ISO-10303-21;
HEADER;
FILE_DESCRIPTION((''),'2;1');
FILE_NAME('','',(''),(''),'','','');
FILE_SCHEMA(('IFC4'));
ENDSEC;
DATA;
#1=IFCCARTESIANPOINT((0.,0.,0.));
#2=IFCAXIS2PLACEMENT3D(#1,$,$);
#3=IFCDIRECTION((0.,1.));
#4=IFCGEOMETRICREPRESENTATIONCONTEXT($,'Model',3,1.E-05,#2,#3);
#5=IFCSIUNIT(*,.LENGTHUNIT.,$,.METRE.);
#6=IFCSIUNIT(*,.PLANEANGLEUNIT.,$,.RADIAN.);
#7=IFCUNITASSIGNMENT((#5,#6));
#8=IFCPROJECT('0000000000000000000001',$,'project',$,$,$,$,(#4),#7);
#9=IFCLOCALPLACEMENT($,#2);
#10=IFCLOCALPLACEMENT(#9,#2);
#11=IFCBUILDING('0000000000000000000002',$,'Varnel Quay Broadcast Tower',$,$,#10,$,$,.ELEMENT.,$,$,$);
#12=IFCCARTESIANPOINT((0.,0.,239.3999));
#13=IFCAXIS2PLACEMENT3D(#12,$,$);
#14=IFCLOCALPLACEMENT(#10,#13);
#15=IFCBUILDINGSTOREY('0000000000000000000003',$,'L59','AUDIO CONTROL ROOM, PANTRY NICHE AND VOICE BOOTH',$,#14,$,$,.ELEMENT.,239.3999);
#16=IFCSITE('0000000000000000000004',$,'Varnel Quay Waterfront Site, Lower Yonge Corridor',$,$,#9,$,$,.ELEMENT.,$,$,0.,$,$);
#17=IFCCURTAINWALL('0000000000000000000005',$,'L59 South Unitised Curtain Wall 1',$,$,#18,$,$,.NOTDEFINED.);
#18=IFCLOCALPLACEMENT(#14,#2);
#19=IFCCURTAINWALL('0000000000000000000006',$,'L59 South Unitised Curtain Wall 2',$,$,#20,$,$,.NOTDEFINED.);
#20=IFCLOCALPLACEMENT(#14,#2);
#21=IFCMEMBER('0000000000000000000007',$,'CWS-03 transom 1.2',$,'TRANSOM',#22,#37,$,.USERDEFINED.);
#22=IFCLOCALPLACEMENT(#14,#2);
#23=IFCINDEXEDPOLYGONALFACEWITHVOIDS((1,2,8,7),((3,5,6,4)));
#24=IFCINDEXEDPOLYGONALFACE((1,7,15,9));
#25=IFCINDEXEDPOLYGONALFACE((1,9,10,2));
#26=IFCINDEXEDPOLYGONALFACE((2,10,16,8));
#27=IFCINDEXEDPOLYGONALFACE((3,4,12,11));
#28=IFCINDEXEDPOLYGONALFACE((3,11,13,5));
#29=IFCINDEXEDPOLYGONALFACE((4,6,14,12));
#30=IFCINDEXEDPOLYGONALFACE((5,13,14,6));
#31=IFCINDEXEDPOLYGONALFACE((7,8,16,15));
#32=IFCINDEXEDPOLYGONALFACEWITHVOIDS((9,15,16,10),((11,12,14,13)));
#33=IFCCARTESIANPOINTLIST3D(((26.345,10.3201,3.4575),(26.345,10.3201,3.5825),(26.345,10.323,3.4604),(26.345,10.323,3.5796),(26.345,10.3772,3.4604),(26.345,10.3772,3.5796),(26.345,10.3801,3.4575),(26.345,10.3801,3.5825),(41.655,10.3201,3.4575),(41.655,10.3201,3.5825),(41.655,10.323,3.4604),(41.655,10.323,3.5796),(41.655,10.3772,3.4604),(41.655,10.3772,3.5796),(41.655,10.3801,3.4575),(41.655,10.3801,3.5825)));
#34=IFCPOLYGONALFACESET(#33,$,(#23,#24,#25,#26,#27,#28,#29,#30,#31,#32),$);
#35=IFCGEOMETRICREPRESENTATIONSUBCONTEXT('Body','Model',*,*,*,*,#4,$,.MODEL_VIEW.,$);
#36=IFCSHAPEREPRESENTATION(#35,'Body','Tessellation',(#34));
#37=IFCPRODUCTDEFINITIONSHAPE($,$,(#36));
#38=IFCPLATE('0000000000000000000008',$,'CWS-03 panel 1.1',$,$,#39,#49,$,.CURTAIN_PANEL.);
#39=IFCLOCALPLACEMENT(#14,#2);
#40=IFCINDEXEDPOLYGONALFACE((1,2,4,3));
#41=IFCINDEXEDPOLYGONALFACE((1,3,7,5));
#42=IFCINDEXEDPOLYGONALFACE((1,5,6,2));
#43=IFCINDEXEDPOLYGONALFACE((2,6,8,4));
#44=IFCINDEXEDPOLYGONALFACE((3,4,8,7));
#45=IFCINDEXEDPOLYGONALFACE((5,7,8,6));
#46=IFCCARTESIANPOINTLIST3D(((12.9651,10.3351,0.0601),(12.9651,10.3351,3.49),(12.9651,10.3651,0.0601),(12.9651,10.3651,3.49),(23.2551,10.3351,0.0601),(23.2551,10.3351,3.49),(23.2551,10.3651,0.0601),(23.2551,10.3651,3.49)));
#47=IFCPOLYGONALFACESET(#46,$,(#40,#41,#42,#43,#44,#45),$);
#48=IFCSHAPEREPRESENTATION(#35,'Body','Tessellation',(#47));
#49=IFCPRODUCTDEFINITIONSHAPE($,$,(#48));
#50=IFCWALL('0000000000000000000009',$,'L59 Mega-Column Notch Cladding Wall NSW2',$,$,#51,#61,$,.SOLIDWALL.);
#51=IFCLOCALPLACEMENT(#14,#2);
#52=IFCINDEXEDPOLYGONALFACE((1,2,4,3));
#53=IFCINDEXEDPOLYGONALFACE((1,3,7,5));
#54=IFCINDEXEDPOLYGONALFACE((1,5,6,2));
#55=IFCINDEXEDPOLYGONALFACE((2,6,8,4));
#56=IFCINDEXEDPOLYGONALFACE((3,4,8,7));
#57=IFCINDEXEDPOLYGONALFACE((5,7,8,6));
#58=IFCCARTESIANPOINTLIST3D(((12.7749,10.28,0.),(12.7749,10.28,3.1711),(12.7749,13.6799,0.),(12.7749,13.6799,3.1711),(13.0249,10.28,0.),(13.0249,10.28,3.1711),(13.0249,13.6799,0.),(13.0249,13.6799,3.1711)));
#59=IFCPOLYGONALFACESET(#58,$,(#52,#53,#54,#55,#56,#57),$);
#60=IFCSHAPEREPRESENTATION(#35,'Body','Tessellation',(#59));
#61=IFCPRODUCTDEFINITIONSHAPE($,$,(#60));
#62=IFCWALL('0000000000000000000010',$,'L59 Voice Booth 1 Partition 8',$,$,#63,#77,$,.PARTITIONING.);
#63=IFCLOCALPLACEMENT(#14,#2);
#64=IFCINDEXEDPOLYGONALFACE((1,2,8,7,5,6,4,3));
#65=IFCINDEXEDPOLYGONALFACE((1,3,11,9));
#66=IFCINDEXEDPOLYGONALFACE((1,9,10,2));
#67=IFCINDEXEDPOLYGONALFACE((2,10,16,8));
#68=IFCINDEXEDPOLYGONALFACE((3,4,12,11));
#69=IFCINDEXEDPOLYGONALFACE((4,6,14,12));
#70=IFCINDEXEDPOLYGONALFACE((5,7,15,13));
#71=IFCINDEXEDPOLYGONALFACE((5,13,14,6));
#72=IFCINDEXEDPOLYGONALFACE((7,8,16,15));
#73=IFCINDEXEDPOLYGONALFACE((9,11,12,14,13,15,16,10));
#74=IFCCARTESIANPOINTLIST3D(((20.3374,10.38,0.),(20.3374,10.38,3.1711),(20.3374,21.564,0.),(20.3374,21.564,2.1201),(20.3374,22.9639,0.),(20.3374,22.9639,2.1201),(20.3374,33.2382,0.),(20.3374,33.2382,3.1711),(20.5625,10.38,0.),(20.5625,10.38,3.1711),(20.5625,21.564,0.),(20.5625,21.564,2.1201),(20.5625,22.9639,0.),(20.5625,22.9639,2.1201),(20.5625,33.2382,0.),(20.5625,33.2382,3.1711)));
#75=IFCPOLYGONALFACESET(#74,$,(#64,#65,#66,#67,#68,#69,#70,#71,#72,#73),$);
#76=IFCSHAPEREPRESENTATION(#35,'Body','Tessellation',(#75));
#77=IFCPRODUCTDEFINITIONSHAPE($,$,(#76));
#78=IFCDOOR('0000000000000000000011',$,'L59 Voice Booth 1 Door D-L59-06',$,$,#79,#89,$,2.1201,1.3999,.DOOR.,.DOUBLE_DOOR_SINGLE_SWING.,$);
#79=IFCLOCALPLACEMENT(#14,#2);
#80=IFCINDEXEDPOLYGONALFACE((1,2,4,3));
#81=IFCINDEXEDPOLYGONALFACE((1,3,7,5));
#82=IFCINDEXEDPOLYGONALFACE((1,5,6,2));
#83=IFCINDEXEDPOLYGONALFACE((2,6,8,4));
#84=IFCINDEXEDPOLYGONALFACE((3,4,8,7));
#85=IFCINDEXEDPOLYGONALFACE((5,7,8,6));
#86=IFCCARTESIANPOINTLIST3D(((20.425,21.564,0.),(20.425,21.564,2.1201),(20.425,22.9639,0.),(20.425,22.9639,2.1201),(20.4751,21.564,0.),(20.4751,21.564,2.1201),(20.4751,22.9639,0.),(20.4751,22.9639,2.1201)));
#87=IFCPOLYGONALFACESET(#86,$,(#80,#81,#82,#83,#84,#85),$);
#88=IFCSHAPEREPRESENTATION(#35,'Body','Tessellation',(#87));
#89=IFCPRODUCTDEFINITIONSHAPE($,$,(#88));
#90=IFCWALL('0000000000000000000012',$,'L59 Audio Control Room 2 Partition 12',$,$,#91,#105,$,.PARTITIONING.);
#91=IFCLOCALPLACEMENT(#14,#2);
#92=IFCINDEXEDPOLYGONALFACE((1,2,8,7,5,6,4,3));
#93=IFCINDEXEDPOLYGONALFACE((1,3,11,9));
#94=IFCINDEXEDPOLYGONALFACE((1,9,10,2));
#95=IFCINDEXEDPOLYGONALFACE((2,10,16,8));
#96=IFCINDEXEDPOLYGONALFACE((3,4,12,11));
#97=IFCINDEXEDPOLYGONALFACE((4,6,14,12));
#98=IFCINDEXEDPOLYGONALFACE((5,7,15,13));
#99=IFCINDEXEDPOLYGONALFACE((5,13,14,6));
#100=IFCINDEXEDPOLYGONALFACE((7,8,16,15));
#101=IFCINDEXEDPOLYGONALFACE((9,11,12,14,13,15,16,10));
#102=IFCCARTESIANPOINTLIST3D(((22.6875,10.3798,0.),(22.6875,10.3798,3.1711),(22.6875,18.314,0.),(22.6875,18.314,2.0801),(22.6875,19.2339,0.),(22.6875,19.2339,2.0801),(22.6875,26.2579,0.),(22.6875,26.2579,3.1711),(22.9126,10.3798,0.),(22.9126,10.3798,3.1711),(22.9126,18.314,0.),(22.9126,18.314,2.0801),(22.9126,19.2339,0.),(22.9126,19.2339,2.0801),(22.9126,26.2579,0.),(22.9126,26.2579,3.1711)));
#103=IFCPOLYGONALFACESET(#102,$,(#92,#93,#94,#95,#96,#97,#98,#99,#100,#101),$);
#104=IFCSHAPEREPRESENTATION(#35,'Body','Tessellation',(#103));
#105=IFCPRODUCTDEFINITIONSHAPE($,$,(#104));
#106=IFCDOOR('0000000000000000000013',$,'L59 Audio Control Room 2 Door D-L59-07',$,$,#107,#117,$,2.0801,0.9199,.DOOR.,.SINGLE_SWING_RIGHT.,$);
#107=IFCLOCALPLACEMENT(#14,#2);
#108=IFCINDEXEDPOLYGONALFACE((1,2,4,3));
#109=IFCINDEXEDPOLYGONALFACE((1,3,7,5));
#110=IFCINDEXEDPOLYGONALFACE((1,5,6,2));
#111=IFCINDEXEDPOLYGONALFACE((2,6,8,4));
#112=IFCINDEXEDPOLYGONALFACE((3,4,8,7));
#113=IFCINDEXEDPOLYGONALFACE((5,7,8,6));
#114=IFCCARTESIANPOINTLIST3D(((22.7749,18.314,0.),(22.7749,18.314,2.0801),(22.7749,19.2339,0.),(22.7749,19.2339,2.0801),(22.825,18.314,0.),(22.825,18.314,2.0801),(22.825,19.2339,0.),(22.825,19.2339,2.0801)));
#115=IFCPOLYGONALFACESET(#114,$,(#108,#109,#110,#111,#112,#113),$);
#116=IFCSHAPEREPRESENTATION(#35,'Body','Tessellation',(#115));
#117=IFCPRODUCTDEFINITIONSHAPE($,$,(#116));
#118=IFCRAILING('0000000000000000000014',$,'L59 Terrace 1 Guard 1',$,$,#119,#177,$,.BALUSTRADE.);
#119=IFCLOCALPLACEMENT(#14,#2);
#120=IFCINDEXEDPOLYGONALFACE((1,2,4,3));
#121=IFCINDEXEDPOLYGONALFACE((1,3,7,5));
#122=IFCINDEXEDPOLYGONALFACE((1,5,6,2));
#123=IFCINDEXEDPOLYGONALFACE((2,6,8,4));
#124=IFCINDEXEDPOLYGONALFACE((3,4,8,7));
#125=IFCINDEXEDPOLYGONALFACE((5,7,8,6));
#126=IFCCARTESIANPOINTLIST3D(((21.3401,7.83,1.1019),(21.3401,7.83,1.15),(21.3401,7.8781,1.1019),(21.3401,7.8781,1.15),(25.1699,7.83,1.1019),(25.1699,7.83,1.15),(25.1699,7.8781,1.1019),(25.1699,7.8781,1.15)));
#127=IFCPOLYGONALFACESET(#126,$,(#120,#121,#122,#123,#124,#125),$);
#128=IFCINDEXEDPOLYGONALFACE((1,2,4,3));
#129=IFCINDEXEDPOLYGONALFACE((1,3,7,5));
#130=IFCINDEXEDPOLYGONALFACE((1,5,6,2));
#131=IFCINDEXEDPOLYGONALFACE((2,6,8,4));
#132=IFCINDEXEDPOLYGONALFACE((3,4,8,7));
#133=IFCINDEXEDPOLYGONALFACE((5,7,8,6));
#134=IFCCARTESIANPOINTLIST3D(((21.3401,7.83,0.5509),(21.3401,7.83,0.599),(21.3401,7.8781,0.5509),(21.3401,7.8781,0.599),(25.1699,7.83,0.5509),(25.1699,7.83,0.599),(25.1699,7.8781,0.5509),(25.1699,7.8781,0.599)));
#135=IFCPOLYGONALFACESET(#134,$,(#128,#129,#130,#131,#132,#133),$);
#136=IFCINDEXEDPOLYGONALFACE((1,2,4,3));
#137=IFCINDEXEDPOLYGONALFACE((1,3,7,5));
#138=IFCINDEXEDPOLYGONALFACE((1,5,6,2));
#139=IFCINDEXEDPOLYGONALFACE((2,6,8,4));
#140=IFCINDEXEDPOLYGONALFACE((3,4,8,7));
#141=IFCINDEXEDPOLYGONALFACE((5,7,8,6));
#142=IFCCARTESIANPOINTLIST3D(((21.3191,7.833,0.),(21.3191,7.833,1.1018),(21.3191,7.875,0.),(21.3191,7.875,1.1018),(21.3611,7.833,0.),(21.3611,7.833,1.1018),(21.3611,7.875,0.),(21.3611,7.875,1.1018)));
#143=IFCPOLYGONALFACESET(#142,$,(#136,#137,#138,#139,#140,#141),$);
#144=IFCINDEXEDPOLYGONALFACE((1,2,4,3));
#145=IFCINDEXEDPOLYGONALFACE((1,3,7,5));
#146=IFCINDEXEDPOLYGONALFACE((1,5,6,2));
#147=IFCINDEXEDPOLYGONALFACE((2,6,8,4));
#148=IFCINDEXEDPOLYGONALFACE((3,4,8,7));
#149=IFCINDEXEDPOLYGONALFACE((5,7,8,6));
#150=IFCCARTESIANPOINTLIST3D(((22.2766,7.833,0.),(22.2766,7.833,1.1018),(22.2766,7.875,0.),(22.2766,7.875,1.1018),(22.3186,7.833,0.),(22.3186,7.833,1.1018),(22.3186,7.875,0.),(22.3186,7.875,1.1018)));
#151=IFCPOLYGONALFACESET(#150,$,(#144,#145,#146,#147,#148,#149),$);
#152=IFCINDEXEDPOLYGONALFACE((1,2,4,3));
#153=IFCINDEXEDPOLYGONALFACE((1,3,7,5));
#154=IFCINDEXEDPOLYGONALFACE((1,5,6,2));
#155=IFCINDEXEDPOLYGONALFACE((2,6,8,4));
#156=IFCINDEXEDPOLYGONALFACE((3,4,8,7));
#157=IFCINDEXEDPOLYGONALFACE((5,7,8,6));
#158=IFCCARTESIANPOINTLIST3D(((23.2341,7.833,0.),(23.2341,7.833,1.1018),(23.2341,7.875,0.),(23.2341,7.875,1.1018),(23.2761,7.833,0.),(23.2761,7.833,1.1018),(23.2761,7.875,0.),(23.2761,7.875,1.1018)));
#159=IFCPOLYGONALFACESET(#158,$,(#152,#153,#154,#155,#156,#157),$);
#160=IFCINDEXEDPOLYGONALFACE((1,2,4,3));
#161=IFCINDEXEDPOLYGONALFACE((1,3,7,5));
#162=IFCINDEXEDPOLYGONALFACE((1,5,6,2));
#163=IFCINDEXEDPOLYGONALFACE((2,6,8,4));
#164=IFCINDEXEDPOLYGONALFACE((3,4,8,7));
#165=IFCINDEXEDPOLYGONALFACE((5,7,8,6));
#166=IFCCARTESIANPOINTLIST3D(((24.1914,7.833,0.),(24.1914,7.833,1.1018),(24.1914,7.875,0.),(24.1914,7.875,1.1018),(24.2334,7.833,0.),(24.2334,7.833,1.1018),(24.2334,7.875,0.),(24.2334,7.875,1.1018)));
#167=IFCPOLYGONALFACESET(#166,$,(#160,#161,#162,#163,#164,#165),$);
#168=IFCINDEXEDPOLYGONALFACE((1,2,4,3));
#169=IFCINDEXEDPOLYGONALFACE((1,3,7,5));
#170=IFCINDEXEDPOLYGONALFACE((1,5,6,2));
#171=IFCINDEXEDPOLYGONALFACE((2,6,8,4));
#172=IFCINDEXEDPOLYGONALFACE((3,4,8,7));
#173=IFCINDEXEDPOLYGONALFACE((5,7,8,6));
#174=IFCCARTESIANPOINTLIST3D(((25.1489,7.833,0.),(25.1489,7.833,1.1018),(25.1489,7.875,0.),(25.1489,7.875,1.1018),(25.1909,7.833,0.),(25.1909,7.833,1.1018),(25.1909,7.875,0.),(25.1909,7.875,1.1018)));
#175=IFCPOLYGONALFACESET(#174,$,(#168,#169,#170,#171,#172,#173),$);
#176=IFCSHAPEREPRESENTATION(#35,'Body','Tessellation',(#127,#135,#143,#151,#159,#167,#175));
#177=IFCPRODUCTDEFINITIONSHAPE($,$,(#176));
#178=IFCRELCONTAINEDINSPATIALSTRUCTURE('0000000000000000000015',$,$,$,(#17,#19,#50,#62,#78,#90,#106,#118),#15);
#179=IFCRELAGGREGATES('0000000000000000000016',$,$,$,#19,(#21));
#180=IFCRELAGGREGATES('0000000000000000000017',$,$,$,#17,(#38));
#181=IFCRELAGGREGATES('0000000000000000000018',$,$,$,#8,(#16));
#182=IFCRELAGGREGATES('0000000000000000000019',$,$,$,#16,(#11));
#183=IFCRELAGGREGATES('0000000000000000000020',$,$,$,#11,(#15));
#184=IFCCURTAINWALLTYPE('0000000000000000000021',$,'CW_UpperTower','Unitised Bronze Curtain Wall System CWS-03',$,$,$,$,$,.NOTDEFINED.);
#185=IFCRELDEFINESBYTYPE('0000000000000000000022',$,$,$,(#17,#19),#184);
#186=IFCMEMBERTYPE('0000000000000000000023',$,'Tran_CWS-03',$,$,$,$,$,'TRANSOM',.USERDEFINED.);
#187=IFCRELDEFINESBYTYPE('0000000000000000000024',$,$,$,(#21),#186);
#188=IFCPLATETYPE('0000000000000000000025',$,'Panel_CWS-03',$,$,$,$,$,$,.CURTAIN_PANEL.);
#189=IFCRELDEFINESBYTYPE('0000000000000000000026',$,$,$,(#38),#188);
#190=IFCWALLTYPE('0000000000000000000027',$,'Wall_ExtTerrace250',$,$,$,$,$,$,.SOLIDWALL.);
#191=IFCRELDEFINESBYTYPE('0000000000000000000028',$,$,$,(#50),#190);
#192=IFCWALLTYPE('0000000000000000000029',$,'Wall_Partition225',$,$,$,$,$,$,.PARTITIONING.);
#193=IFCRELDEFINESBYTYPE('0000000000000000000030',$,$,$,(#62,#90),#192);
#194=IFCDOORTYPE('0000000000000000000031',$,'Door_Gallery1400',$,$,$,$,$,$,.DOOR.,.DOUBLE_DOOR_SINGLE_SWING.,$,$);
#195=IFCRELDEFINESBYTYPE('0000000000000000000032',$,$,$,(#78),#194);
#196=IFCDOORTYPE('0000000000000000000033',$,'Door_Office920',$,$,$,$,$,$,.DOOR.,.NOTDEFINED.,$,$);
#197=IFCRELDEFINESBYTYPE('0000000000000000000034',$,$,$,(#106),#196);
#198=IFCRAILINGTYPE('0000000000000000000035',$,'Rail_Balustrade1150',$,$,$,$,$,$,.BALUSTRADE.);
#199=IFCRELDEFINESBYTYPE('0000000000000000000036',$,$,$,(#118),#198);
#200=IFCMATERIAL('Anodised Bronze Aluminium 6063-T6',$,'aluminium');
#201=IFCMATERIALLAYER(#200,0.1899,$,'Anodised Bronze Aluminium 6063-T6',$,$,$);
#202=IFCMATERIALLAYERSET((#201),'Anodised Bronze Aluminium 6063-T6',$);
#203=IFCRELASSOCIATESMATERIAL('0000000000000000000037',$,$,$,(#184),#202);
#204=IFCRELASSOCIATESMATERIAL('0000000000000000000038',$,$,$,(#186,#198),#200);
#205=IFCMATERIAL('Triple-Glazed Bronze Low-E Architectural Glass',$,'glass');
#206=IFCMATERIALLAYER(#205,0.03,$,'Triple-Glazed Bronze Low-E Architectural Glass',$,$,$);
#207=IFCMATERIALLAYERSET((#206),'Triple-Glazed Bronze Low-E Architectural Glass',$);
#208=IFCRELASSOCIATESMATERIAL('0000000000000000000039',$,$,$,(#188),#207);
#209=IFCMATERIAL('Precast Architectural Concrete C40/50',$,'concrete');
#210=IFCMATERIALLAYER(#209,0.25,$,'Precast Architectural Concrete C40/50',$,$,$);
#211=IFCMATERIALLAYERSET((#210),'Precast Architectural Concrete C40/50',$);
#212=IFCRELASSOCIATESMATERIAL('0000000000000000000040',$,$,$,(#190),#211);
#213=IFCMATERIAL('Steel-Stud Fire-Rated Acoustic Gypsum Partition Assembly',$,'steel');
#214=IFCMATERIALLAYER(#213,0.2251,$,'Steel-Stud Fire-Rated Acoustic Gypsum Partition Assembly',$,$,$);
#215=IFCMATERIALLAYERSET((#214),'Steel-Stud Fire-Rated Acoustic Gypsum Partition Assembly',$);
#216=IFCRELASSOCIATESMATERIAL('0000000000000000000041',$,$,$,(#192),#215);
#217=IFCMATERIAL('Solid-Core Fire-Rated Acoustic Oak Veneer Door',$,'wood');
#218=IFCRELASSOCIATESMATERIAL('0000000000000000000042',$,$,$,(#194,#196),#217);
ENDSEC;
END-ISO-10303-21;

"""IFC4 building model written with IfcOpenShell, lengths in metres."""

from ifc_helpers import new_model, si_unit, direction, frame, frame_2d, origin, origin_2d, place, context, subcontext, project, spatial, rectangle, hollow_rectangle, extrude, source, transform, mapped, material, layer, layer_set, material_profile, profile_set, type_object, type_shapes, element, fill, aggregate, save


model = new_model("IFC4")

# Units and contexts
model_context = context("Model", 3, precision=1e-05, world=origin(), true_north=direction((0.0, 1.0)))
body_context = subcontext(model_context, "Body", "Model", "MODEL_VIEW")
ifc_project = project(units=[si_unit("LENGTHUNIT", "METRE"), si_unit("PLANEANGLEUNIT", "RADIAN")], contexts=[model_context])

# Site, building, storey
site_placement = place(None, origin())
site = spatial("IfcSite", under=ifc_project, at=site_placement, Name="Varnel Quay Waterfront Site, Lower Yonge Corridor", CompositionType="ELEMENT", RefElevation=0.0)
building_placement = place(site_placement, origin())
building = spatial("IfcBuilding", under=site, at=building_placement, Name="Varnel Quay Broadcast Tower", CompositionType="ELEMENT")
storey_placement = place(building_placement, frame((0.0, 0.0, 239.3999)))
storey = spatial("IfcBuildingStorey", under=building, at=storey_placement, Name="L59", Description="AUDIO CONTROL ROOM, PANTRY NICHE AND VOICE BOOTH", CompositionType="ELEMENT", Elevation=239.3999)

# Shared definitions
ifc_material_1 = material(Name="Anodised Bronze Aluminium 6063-T6", Category="aluminium")

# Curtain wall
ifc_layer_1 = layer(ifc_material_1, 0.1899, Name="Anodised Bronze Aluminium 6063-T6")
ifc_layer_set_1 = layer_set([ifc_layer_1], Name="Anodised Bronze Aluminium 6063-T6")
curtain_wall_type_1 = type_object("IfcCurtainWallType", Name="CW_UpperTower", Description="Unitised Bronze Curtain Wall System CWS-03", PredefinedType="NOTDEFINED", material=ifc_layer_set_1)
curtain_wall_1_placement = place(storey_placement, origin())
curtain_wall_1 = element("IfcCurtainWall", 1, at=curtain_wall_1_placement, inside=storey, type_object=curtain_wall_type_1, Name="L59 South Unitised Curtain Wall 1", PredefinedType="NOTDEFINED")

# Curtain wall
curtain_wall_2_placement = place(storey_placement, origin())
curtain_wall_2 = element("IfcCurtainWall", 2, at=curtain_wall_2_placement, inside=storey, type_object=curtain_wall_type_1, Name="L59 South Unitised Curtain Wall 2", PredefinedType="NOTDEFINED")

# Member
ifc_material_profile_1 = material_profile(ifc_material_1, hollow_rectangle(XDim=0.0601, YDim=0.125, WallThickness=0.0029, at=origin_2d()), Name="ALU60X125X3")
ifc_profile_set_1 = profile_set([ifc_material_profile_1], Name="Anodised Bronze Aluminium 6063-T6")
member_type_1 = type_object("IfcMemberType", Name="Tran_CWS-03", ElementType="TRANSOM", PredefinedType="USERDEFINED", material=ifc_profile_set_1)
shared_shape_1 = source(origin(), body_context, "Body", "SweptSolid", [
    extrude(hollow_rectangle(XDim=0.0601, YDim=0.125, WallThickness=0.0029, at=origin_2d()), origin(), (0.0, 0.0, 1.0), 15.3101),
])
member_1_placement = place(storey_placement, frame((26.345, 10.3501, 3.52), z_axis=(1.0, 0.0, 0.0), x_axis=(0.0, 1.0, 0.0)))
member_1 = element("IfcMember", 3, at=member_1_placement, type_object=member_type_1, Name="CWS-03 transom 1.2", ObjectType="TRANSOM", PredefinedType="USERDEFINED", context=body_context, shape_type="MappedRepresentation", body=[
    mapped(shared_shape_1, transform((0.0, 0.0, 0.0), x_axis=(1.0, 0.0, 0.0), y_axis=(0.0, 1.0, 0.0), z_axis=(0.0, 0.0, 1.0), scale=1.0)),
])
aggregate(curtain_wall_2, [member_1])

# Plate
ifc_material_2 = material(Name="Triple-Glazed Bronze Low-E Architectural Glass", Category="glass")
ifc_layer_2 = layer(ifc_material_2, 0.03, Name="Triple-Glazed Bronze Low-E Architectural Glass")
ifc_layer_set_2 = layer_set([ifc_layer_2], Name="Triple-Glazed Bronze Low-E Architectural Glass")
plate_type = type_object("IfcPlateType", Name="Panel_CWS-03", PredefinedType="CURTAIN_PANEL", material=ifc_layer_set_2)
shared_shape_2 = source(origin(), body_context, "Body", "SweptSolid", [
    extrude(rectangle(XDim=10.29, YDim=0.03, at=origin_2d()), origin(), (0.0, 0.0, 1.0), 3.4299),
])
type_shapes(plate_type, [shared_shape_2])
plate_placement = place(storey_placement, frame((18.1101, 10.3501, 0.0601), z_axis=(0.0, 0.0, 1.0), x_axis=(1.0, 0.0, 0.0)))
plate = element("IfcPlate", 4, at=plate_placement, type_object=plate_type, Name="CWS-03 panel 1.1", PredefinedType="CURTAIN_PANEL", context=body_context, shape_type="MappedRepresentation", body=[
    mapped(shared_shape_2, transform((0.0, 0.0, 0.0), x_axis=(1.0, 0.0, 0.0), y_axis=(0.0, 1.0, 0.0), z_axis=(0.0, 0.0, 1.0), scale=1.0)),
])
aggregate(curtain_wall_1, [plate])

# Shared definitions
ifc_material_3 = material(Name="Precast Architectural Concrete C40/50", Category="concrete")
ifc_layer_3 = layer(ifc_material_3, 0.25, Name="Precast Architectural Concrete C40/50")
ifc_layer_set_3 = layer_set([ifc_layer_3], Name="Precast Architectural Concrete C40/50")
wall_type_1 = type_object("IfcWallType", Name="Wall_ExtTerrace250", PredefinedType="SOLIDWALL", material=ifc_layer_set_3)

# Wall
wall_1_placement = place(storey_placement, frame((12.8999, 10.28, 0.0), z_axis=(0.0, 0.0, 1.0), x_axis=(0.0, 1.0, 0.0)))
element("IfcWall", 5, at=wall_1_placement, inside=storey, type_object=wall_type_1, Name="L59 Mega-Column Notch Cladding Wall NSW2", PredefinedType="SOLIDWALL", context=body_context, shape_type="SweptSolid", body=[
    extrude(rectangle(XDim=3.3999, YDim=0.25, at=frame_2d((1.7, 0.0))), origin(), (0.0, 0.0, 1.0), 3.1711),
])

# Walls, openings, doors
ifc_material_4 = material(Name="Steel-Stud Fire-Rated Acoustic Gypsum Partition Assembly", Category="steel")
ifc_layer_4 = layer(ifc_material_4, 0.2251, Name="Steel-Stud Fire-Rated Acoustic Gypsum Partition Assembly")
ifc_layer_set_4 = layer_set([ifc_layer_4], Name="Steel-Stud Fire-Rated Acoustic Gypsum Partition Assembly")
wall_type_2 = type_object("IfcWallType", Name="Wall_Partition225", PredefinedType="PARTITIONING", material=ifc_layer_set_4)
wall_2_placement = place(storey_placement, frame((20.45, 10.3799, 0.0), z_axis=(0.0, 0.0, 1.0), x_axis=(0.0, 1.0, 0.0)))
wall_2 = element("IfcWall", 6, at=wall_2_placement, inside=storey, type_object=wall_type_2, Name="L59 Voice Booth 1 Partition 8", PredefinedType="PARTITIONING", context=body_context, shape_type="SweptSolid", body=[
    extrude(rectangle(XDim=22.8582, YDim=0.2251, at=frame_2d((11.4292, 0.0))), origin(), (0.0, 0.0, 1.0), 3.1711),
])
opening_1_placement = place(wall_2_placement, frame((11.1841, 0.0, 0.0)))
opening_1 = element("IfcOpeningElement", 7, at=opening_1_placement, cuts=wall_2, PredefinedType="OPENING", context=body_context, shape_type="SweptSolid", body=[
    extrude(rectangle(XDim=1.3999, YDim=2.1201, at=frame_2d((0.7, 1.0601))), frame((0.0, 0.1226, 0.0), z_axis=(0.0, -1.0, 0.0), x_axis=(1.0, 0.0, 0.0)), (0.0, 0.0, 1.0), 0.2451),
])
ifc_material_5 = material(Name="Solid-Core Fire-Rated Acoustic Oak Veneer Door", Category="wood")
door_type_1 = type_object("IfcDoorType", Name="Door_Gallery1400", OperationType="DOUBLE_DOOR_SINGLE_SWING", PredefinedType="DOOR", material=ifc_material_5)
shared_shape_3 = source(origin(), body_context, "Body", "SweptSolid", [
    extrude(rectangle(XDim=1.3999, YDim=2.1201, at=frame_2d((0.7, 1.0601))), frame((0.0, 0.0249, 0.0), z_axis=(0.0, -1.0, 0.0), x_axis=(1.0, 0.0, 0.0)), (0.0, 0.0, 1.0), 0.05),
])
type_shapes(door_type_1, [shared_shape_3])
door_1_placement = place(opening_1_placement, origin())
door_1 = element("IfcDoor", 8, at=door_1_placement, inside=storey, type_object=door_type_1, Name="L59 Voice Booth 1 Door D-L59-06", OperationType="DOUBLE_DOOR_SINGLE_SWING", OverallHeight=2.1201, OverallWidth=1.3999, PredefinedType="DOOR", context=body_context, shape_type="MappedRepresentation", body=[
    mapped(shared_shape_3, transform((0.0, 0.0, 0.0), x_axis=(1.0, 0.0, 0.0), y_axis=(0.0, 1.0, 0.0), z_axis=(0.0, 0.0, 1.0), scale=1.0)),
])
fill(opening_1, door_1)
wall_3_placement = place(storey_placement, frame((22.8, 10.3799, 0.0), z_axis=(0.0, 0.0, 1.0), x_axis=(0.0, 1.0, 0.0)))
wall_3 = element("IfcWall", 9, at=wall_3_placement, inside=storey, type_object=wall_type_2, Name="L59 Audio Control Room 2 Partition 12", PredefinedType="PARTITIONING", context=body_context, shape_type="SweptSolid", body=[
    extrude(rectangle(XDim=15.8782, YDim=0.2251, at=frame_2d((7.939, 0.0))), origin(), (0.0, 0.0, 1.0), 3.1711),
])
opening_2_placement = place(wall_3_placement, frame((7.9341, 0.0, 0.0)))
opening_2 = element("IfcOpeningElement", 10, at=opening_2_placement, cuts=wall_3, PredefinedType="OPENING", context=body_context, shape_type="SweptSolid", body=[
    extrude(rectangle(XDim=0.9199, YDim=2.0801, at=frame_2d((0.46, 1.04))), frame((0.0, 0.1226, 0.0), z_axis=(0.0, -1.0, 0.0), x_axis=(1.0, 0.0, 0.0)), (0.0, 0.0, 1.0), 0.2451),
])
door_type_2 = type_object("IfcDoorType", Name="Door_Office920", OperationType="NOTDEFINED", PredefinedType="DOOR", material=ifc_material_5)
shared_shape_4 = source(origin(), body_context, "Body", "SweptSolid", [
    extrude(rectangle(XDim=0.9199, YDim=2.0801, at=frame_2d((0.46, 1.04))), frame((0.0, 0.0249, 0.0), z_axis=(0.0, -1.0, 0.0), x_axis=(1.0, 0.0, 0.0)), (0.0, 0.0, 1.0), 0.05),
])
type_shapes(door_type_2, [shared_shape_4])
door_2_placement = place(opening_2_placement, frame((0.9199, 0.0, 0.0), z_axis=(0.0, 0.0, 1.0), x_axis=(-1.0, 0.0, 0.0)))
door_2 = element("IfcDoor", 11, at=door_2_placement, inside=storey, type_object=door_type_2, Name="L59 Audio Control Room 2 Door D-L59-07", OperationType="SINGLE_SWING_RIGHT", OverallHeight=2.0801, OverallWidth=0.9199, PredefinedType="DOOR", context=body_context, shape_type="MappedRepresentation", body=[
    mapped(shared_shape_4, transform((0.0, 0.0, 0.0), x_axis=(1.0, 0.0, 0.0), y_axis=(0.0, 1.0, 0.0), z_axis=(0.0, 0.0, 1.0), scale=1.0)),
])
fill(opening_2, door_2)

# Railing
railing_type = type_object("IfcRailingType", Name="Rail_Balustrade1150", PredefinedType="BALUSTRADE", material=ifc_material_1)
railing_1_placement = place(storey_placement, frame((21.3401, 7.854, 0.0)))
element("IfcRailing", 12, at=railing_1_placement, inside=storey, type_object=railing_type, Name="L59 Terrace 1 Guard 1", PredefinedType="BALUSTRADE", context=body_context, shape_type="SweptSolid", body=[
    extrude(rectangle(XDim=0.0481, YDim=0.0481, at=origin_2d()), frame((0.0, 0.0, 1.126), z_axis=(1.0, 0.0, 0.0), x_axis=(0.0, 1.0, 0.0)), (0.0, 0.0, 1.0), 3.8298),
    extrude(rectangle(XDim=0.0481, YDim=0.0481, at=origin_2d()), frame((0.0, 0.0, 0.575), z_axis=(1.0, 0.0, 0.0), x_axis=(0.0, 1.0, 0.0)), (0.0, 0.0, 1.0), 3.8298),
    extrude(rectangle(XDim=0.042, YDim=0.042, at=origin_2d()), origin(), (0.0, 0.0, 1.0), 1.1018),
    extrude(rectangle(XDim=0.042, YDim=0.042, at=origin_2d()), frame((0.9575, 0.0, 0.0)), (0.0, 0.0, 1.0), 1.1018),
    extrude(rectangle(XDim=0.042, YDim=0.042, at=origin_2d()), frame((1.915, 0.0, 0.0)), (0.0, 0.0, 1.0), 1.1018),
    extrude(rectangle(XDim=0.042, YDim=0.042, at=origin_2d()), frame((2.8723, 0.0, 0.0)), (0.0, 0.0, 1.0), 1.1018),
    extrude(rectangle(XDim=0.042, YDim=0.042, at=origin_2d()), frame((3.8298, 0.0, 0.0)), (0.0, 0.0, 1.0), 1.1018),
])

save(model, "model.ifc")
